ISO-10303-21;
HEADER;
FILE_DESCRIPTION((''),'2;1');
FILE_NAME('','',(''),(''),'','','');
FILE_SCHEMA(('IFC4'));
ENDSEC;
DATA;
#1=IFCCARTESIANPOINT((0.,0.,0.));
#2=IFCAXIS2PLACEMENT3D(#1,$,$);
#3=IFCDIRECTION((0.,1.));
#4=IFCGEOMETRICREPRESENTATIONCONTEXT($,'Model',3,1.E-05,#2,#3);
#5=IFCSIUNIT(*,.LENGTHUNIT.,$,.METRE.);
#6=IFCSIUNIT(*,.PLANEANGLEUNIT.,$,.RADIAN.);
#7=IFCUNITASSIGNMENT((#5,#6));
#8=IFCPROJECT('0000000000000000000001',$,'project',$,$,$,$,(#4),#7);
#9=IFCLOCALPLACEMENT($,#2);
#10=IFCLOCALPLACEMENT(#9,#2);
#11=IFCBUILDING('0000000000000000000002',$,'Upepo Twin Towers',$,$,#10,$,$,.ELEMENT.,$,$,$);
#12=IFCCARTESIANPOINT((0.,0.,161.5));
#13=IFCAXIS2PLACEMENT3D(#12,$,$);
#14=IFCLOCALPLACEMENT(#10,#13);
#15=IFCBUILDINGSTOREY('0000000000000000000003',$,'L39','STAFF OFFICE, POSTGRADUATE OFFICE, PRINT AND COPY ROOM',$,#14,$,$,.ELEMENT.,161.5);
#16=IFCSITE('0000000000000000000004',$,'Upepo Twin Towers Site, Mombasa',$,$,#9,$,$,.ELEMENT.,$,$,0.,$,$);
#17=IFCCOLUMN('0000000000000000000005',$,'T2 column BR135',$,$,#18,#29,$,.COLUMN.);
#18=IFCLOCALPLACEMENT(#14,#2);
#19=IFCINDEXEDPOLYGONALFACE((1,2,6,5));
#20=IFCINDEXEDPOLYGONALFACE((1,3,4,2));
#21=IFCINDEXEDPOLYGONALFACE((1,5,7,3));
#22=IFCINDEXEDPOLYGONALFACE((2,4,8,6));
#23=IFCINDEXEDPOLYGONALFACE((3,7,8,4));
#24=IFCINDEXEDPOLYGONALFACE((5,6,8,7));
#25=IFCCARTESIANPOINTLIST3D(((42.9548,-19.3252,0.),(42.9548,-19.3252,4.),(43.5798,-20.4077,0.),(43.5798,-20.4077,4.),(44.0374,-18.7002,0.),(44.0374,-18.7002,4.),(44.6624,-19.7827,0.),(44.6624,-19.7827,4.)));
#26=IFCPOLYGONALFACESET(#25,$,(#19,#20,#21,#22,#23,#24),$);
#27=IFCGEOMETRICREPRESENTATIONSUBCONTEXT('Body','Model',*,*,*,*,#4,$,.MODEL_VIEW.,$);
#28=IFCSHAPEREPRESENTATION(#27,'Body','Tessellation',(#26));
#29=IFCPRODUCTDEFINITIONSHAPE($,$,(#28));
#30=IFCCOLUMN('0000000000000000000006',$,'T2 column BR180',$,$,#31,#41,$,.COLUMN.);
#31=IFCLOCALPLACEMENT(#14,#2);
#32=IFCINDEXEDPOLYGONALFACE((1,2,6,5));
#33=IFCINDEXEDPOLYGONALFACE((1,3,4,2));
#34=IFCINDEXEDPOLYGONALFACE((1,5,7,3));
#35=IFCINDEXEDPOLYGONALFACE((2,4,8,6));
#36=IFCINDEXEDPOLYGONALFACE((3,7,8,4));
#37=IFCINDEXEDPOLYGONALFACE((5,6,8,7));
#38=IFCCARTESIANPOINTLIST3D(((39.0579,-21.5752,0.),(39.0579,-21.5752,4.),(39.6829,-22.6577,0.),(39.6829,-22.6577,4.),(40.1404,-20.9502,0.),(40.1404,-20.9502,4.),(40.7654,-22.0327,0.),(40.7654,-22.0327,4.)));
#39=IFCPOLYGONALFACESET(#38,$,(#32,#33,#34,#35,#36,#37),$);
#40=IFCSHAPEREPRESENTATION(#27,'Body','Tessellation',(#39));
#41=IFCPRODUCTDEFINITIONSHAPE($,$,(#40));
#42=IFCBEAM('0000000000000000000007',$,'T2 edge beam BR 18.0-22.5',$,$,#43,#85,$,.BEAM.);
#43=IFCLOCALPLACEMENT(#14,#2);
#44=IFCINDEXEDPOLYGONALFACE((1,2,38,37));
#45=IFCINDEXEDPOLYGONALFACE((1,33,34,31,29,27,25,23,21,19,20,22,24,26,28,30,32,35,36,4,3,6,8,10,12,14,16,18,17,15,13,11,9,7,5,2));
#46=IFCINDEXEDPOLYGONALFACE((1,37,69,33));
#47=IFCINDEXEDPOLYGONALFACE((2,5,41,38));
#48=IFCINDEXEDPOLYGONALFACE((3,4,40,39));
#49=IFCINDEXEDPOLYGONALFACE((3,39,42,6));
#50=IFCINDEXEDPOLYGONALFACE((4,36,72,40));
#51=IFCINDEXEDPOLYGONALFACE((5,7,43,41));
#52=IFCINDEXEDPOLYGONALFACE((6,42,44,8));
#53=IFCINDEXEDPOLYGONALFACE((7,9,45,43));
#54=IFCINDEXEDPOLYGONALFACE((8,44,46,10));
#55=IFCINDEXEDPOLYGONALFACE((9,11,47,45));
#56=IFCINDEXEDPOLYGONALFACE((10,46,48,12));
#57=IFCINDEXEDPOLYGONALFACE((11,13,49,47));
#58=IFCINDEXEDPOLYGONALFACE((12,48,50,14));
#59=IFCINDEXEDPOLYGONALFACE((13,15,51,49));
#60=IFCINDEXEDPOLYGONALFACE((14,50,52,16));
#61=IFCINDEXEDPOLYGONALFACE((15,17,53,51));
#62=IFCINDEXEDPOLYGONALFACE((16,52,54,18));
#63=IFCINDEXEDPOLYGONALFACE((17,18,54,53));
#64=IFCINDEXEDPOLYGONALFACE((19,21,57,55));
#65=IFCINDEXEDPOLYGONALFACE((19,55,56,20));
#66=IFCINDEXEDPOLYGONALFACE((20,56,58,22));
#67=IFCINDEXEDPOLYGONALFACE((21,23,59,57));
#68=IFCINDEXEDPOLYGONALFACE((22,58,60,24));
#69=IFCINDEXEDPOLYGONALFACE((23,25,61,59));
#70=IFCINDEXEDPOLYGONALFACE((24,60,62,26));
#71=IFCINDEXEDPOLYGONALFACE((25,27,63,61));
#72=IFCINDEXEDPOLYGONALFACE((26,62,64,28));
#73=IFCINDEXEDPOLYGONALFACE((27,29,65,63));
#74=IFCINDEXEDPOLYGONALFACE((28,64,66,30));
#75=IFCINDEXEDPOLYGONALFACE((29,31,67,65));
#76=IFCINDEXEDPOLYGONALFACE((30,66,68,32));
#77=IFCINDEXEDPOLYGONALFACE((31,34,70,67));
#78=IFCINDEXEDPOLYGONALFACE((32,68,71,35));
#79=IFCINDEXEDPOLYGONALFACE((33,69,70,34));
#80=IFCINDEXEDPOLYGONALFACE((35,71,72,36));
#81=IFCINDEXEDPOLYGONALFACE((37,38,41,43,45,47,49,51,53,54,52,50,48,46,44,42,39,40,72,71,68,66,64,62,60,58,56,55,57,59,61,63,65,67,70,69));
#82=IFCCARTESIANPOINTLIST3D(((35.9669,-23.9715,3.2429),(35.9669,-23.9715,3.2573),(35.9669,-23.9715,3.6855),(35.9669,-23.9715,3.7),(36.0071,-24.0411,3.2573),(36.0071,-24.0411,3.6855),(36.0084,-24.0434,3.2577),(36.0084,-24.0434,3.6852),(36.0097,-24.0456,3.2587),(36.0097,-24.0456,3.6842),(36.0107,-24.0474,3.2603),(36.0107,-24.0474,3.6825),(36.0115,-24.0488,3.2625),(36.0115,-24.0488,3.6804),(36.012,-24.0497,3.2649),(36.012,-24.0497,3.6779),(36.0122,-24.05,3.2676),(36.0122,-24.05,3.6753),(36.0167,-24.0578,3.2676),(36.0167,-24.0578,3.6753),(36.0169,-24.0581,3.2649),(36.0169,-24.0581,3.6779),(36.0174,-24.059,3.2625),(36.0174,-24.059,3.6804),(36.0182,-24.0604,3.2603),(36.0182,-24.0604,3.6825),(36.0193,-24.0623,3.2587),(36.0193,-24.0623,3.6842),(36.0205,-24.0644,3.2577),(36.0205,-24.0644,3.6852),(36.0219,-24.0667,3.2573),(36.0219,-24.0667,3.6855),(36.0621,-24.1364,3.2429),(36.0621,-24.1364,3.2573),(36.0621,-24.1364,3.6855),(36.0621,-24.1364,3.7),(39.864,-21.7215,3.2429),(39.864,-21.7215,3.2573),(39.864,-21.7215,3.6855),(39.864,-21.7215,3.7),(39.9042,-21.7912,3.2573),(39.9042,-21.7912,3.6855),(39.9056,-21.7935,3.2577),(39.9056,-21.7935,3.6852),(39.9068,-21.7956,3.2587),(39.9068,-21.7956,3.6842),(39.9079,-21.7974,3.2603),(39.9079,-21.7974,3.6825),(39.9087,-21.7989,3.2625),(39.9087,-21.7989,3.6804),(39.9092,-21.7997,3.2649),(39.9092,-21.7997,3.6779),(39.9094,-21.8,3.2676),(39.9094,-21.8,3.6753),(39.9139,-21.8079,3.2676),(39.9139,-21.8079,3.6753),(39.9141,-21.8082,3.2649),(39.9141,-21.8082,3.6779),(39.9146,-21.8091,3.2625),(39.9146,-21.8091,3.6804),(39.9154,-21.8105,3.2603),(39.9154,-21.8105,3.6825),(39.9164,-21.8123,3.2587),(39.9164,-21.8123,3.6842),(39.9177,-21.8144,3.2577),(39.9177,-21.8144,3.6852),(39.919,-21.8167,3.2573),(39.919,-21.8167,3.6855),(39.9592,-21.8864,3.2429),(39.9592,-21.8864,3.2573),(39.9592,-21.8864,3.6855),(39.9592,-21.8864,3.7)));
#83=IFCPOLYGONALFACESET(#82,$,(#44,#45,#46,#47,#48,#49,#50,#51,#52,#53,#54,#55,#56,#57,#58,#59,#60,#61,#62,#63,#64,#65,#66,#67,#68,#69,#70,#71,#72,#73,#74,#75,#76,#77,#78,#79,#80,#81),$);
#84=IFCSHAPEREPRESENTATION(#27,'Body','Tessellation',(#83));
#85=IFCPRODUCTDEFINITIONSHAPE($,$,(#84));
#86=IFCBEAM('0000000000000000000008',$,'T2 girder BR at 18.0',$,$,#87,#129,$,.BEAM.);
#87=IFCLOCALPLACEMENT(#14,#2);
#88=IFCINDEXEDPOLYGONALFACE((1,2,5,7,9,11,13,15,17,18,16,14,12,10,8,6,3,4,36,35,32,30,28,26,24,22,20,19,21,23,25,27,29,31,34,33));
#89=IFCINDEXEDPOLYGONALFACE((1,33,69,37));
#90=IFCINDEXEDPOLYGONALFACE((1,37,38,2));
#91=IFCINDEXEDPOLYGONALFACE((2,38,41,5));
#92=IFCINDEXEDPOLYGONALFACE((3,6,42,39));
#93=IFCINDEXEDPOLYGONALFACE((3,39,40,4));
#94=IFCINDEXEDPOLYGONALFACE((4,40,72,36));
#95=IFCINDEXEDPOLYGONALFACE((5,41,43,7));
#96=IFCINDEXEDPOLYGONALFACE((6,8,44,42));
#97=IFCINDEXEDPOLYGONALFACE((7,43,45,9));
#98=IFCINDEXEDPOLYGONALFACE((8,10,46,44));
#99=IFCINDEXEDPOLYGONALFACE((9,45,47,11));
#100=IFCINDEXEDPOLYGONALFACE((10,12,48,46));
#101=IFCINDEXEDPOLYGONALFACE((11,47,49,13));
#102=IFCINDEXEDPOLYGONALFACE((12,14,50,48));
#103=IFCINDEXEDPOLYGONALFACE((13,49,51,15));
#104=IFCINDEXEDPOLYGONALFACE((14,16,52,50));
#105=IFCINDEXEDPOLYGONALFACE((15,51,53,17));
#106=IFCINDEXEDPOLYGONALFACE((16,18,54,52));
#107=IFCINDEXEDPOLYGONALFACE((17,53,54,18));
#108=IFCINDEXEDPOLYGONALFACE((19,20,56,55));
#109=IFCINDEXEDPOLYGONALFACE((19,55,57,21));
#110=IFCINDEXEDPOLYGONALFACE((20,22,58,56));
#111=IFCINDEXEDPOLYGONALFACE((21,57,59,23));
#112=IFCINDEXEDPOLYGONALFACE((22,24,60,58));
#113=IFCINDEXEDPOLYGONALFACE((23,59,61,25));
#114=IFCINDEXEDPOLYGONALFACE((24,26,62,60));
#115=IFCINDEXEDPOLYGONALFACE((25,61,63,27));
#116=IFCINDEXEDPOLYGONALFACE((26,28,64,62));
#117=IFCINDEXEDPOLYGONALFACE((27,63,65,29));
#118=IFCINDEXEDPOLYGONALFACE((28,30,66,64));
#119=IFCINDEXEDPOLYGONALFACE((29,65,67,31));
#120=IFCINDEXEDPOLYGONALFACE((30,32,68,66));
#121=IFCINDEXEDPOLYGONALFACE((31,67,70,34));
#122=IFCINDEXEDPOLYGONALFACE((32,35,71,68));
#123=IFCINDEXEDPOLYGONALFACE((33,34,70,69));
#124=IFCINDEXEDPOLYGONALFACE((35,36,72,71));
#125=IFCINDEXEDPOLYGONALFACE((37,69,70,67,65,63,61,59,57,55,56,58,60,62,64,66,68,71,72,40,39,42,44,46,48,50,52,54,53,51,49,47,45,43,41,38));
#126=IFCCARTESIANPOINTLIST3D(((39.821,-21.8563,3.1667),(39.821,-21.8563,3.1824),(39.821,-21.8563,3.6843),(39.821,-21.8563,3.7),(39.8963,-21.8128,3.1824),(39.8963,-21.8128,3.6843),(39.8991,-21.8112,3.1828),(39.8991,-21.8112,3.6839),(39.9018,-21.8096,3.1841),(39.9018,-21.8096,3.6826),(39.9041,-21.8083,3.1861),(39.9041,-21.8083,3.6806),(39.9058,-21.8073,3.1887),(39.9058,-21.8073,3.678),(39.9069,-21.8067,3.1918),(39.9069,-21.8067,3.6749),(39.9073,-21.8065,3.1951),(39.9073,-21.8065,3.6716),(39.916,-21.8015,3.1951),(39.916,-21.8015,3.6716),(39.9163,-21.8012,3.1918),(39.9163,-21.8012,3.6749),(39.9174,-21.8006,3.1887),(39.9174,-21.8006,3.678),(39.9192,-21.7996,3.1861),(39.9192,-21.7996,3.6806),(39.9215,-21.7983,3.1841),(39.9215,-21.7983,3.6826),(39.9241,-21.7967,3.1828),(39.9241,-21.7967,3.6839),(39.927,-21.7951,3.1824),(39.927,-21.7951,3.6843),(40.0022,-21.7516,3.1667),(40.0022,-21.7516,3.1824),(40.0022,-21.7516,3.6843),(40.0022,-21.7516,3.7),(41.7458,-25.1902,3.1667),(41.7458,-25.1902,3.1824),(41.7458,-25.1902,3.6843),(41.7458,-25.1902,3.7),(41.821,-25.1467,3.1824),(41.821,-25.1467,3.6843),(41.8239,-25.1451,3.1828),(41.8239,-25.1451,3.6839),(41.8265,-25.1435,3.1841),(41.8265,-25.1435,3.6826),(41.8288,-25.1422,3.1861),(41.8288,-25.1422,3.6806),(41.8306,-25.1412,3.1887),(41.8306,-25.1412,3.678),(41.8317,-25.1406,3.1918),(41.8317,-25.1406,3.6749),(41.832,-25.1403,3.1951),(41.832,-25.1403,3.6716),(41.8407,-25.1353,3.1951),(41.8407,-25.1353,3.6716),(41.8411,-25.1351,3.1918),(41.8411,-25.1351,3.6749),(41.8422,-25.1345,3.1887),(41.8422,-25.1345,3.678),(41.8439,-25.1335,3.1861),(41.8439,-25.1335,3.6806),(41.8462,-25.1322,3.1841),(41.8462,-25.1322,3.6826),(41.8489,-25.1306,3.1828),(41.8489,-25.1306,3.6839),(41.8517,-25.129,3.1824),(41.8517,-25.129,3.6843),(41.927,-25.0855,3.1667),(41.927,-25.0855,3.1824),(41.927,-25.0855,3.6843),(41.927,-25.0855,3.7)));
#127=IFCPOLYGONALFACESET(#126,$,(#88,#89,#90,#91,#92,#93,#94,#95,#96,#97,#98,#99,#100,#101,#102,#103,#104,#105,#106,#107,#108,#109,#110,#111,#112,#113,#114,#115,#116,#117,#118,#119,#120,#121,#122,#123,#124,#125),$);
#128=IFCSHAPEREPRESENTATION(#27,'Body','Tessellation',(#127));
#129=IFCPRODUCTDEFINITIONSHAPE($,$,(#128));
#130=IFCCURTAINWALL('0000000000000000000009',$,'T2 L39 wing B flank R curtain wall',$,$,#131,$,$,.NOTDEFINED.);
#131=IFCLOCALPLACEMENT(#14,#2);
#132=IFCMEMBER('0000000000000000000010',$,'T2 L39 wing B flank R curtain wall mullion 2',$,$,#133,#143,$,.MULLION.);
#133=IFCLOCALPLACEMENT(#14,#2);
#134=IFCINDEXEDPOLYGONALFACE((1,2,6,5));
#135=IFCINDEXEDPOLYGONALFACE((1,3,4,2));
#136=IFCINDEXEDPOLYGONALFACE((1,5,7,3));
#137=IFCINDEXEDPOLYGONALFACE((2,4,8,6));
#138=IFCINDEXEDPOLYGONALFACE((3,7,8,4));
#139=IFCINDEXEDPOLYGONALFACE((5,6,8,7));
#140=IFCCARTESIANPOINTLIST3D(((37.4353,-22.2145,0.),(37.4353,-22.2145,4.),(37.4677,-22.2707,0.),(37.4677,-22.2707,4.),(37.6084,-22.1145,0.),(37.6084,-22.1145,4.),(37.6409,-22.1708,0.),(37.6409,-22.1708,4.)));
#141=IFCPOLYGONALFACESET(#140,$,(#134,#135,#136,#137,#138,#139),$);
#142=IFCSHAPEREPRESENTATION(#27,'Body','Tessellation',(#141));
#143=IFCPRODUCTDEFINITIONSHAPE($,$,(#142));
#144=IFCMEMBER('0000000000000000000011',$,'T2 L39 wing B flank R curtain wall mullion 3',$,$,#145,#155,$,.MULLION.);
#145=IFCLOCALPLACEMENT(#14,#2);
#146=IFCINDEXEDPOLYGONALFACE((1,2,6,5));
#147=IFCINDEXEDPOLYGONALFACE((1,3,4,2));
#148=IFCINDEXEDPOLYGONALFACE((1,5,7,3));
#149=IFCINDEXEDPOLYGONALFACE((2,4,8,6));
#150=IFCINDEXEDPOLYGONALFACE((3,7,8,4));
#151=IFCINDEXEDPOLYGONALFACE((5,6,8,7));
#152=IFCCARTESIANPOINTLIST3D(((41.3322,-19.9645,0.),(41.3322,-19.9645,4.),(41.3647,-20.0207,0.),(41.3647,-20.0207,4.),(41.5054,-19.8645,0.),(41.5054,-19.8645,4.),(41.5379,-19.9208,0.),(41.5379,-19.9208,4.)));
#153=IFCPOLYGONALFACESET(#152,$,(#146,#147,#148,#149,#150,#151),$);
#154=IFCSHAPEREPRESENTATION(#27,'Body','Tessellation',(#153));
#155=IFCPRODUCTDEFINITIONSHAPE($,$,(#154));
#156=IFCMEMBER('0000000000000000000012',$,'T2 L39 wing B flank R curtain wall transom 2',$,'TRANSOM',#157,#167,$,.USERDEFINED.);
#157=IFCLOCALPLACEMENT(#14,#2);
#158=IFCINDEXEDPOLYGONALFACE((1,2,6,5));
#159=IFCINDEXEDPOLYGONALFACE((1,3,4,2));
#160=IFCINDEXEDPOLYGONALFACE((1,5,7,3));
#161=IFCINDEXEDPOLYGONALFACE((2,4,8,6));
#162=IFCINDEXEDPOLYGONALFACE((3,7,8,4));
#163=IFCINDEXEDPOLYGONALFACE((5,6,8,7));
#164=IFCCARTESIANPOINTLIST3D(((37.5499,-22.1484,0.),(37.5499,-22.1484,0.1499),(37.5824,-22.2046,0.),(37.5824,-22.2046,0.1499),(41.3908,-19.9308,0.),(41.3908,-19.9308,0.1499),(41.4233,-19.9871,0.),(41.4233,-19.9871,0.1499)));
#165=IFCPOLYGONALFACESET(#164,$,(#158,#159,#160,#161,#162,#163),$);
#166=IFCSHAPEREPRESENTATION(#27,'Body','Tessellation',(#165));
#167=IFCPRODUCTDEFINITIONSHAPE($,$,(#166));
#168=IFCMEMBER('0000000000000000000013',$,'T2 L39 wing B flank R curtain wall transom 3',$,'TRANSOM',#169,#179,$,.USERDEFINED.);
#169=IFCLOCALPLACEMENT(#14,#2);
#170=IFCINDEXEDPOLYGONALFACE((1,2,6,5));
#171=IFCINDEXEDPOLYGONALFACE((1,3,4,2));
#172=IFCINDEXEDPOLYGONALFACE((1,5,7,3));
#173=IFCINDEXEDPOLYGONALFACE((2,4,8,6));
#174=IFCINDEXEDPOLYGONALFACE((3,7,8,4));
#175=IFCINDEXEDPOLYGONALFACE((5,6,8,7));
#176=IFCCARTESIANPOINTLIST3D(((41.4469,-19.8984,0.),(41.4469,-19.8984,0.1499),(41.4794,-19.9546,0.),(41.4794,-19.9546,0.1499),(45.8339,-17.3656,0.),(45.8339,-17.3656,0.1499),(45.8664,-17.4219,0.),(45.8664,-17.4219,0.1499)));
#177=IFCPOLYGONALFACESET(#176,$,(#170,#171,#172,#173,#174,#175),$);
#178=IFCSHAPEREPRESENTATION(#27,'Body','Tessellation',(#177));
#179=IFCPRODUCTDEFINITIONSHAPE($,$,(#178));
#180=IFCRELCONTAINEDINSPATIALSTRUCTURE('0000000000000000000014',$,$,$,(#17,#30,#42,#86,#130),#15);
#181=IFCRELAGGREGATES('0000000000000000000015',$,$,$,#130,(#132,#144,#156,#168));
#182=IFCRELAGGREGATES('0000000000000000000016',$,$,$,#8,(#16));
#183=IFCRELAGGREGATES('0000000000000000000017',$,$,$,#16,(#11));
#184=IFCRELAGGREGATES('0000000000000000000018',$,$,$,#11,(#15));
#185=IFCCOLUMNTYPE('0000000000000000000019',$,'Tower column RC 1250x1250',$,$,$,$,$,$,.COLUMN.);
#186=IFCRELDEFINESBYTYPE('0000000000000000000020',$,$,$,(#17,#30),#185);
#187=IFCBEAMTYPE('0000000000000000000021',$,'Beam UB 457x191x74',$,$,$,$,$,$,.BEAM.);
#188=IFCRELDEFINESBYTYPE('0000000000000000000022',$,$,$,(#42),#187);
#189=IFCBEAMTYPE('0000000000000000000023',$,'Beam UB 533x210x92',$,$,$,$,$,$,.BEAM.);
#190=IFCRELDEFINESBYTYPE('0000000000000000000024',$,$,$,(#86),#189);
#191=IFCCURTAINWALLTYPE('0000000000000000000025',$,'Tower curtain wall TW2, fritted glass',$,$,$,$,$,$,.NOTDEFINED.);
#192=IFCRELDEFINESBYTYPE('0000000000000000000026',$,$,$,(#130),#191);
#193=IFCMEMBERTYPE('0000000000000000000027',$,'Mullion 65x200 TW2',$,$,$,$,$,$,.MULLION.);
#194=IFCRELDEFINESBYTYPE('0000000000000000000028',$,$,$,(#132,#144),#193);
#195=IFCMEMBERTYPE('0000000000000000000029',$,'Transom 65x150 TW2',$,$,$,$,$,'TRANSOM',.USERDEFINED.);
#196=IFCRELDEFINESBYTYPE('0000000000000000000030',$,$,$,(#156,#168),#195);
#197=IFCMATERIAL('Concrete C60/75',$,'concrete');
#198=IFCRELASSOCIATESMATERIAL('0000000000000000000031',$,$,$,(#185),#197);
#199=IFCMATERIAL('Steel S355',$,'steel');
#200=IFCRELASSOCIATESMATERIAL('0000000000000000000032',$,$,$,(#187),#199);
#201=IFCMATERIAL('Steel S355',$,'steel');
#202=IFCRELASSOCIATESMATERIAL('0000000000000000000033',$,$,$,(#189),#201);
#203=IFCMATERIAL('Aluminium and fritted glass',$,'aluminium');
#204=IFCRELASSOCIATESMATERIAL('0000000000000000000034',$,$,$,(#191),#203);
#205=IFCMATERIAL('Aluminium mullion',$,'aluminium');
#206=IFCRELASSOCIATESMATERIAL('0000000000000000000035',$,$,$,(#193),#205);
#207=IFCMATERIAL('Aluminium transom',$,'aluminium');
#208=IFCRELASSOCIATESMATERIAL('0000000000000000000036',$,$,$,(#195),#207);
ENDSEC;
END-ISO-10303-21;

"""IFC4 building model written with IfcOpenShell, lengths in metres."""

from ifc_helpers import new_model, si_unit, direction, frame, origin, origin_2d, place, context, subcontext, project, spatial, rectangle, i_section, extrude, material, material_profile, profile_set, type_object, element, aggregate, save


model = new_model("IFC4")

# Units and contexts
model_context = context("Model", 3, precision=1e-05, world=origin(), true_north=direction((0.0, 1.0)))
body_context = subcontext(model_context, "Body", "Model", "MODEL_VIEW")
ifc_project = project(units=[si_unit("LENGTHUNIT", "METRE"), si_unit("PLANEANGLEUNIT", "RADIAN")], contexts=[model_context])

# Site, building, storey
site_placement = place(None, origin())
site = spatial("IfcSite", under=ifc_project, at=site_placement, Name="Upepo Twin Towers Site, Mombasa", CompositionType="ELEMENT", RefElevation=0.0)
building_placement = place(site_placement, origin())
building = spatial("IfcBuilding", under=site, at=building_placement, Name="Upepo Twin Towers", CompositionType="ELEMENT")
storey_placement = place(building_placement, frame((0.0, 0.0, 161.5)))
storey = spatial("IfcBuildingStorey", under=building, at=storey_placement, Name="L39", Description="STAFF OFFICE, POSTGRADUATE OFFICE, PRINT AND COPY ROOM", CompositionType="ELEMENT", Elevation=161.5)

# Columns
ifc_material_1 = material(Name="Concrete C60/75", Category="concrete")
ifc_material_profile_1 = material_profile(ifc_material_1, rectangle(XDim=1.25, YDim=1.25, at=origin_2d()), Name="RC 1250x1250")
ifc_profile_set_1 = profile_set([ifc_material_profile_1], Name="Concrete C60/75")
column_type = type_object("IfcColumnType", Name="Tower column RC 1250x1250", PredefinedType="COLUMN", material=ifc_profile_set_1)
for number, where, z_axis, x_axis, name in (
    (1, (43.8086, -19.554, 0.0), (0.0, 0.0, 1.0), (0.866025, 0.5, 0.0), "T2 column BR135"),
    (2, (39.9116, -21.804, 0.0), (0.0, 0.0, 1.0), (0.866025, 0.5, 0.0), "T2 column BR180"),
):
    element("IfcColumn", number, at=place(storey_placement, frame(where, z_axis=z_axis, x_axis=x_axis)), inside=storey, type_object=column_type, Name=name, PredefinedType="COLUMN", context=body_context, shape_type="SweptSolid", body=[
        extrude(rectangle(XDim=1.25, YDim=1.25, at=origin_2d()), origin(), (0.0, 0.0, 1.0), 4.0),
    ])

# Beams
ifc_material_2 = material(Name="Steel S355", Category="steel")
ifc_material_profile_2 = material_profile(ifc_material_2, i_section(OverallWidth=0.1904, OverallDepth=0.457, WebThickness=0.009, FlangeThickness=0.0144, FilletRadius=0.0103, at=origin_2d()), Name="UB 457x191x74")
ifc_profile_set_2 = profile_set([ifc_material_profile_2], Name="Steel S355")
beam_type_1 = type_object("IfcBeamType", Name="Beam UB 457x191x74", PredefinedType="BEAM", material=ifc_profile_set_2)
beam_1_placement = place(storey_placement, frame((39.9116, -21.804, 3.4714), z_axis=(-0.866031, -0.49999, 0.0), x_axis=(0.49999, -0.866031, 0.0)))
element("IfcBeam", 3, at=beam_1_placement, inside=storey, type_object=beam_type_1, Name="T2 edge beam BR 18.0-22.5", PredefinedType="BEAM", context=body_context, shape_type="SweptSolid", body=[
    extrude(i_section(OverallWidth=0.1904, OverallDepth=0.457, WebThickness=0.009, FlangeThickness=0.0144, FilletRadius=0.0103, at=origin_2d()), origin(), (0.0, 0.0, 1.0), 4.5),
])
ifc_material_3 = material(Name="Steel S355", Category="steel")
ifc_material_profile_3 = material_profile(ifc_material_3, i_section(OverallWidth=0.2092, OverallDepth=0.5332, WebThickness=0.01, FlangeThickness=0.0156, FilletRadius=0.0127, at=origin_2d()), Name="UB 533x210x92")
ifc_profile_set_3 = profile_set([ifc_material_profile_3], Name="Steel S355")
beam_type_2 = type_object("IfcBeamType", Name="Beam UB 533x210x92", PredefinedType="BEAM", material=ifc_profile_set_3)
beam_2_placement = place(storey_placement, frame((39.9116, -21.804, 3.4333), z_axis=(0.499986, -0.866034, 0.0), x_axis=(0.866034, 0.499986, 0.0)))
element("IfcBeam", 4, at=beam_2_placement, inside=storey, type_object=beam_type_2, Name="T2 girder BR at 18.0", PredefinedType="BEAM", context=body_context, shape_type="SweptSolid", body=[
    extrude(i_section(OverallWidth=0.2092, OverallDepth=0.5332, WebThickness=0.01, FlangeThickness=0.0156, FilletRadius=0.0127, at=origin_2d()), origin(), (0.0, 0.0, 1.0), 3.8496),
])

# Curtain wall, members
ifc_material_4 = material(Name="Aluminium and fritted glass", Category="aluminium")
curtain_wall_type = type_object("IfcCurtainWallType", Name="Tower curtain wall TW2, fritted glass", PredefinedType="NOTDEFINED", material=ifc_material_4)
curtain_wall_placement = place(storey_placement, origin())
curtain_wall = element("IfcCurtainWall", 5, at=curtain_wall_placement, inside=storey, type_object=curtain_wall_type, Name="T2 L39 wing B flank R curtain wall", PredefinedType="NOTDEFINED")
ifc_material_5 = material(Name="Aluminium mullion", Category="aluminium")
ifc_material_profile_4 = material_profile(ifc_material_5, rectangle(XDim=0.0649, YDim=0.2, at=origin_2d()), Name="MULLION 65x200")
ifc_profile_set_4 = profile_set([ifc_material_profile_4], Name="Aluminium mullion")
member_type_1 = type_object("IfcMemberType", Name="Mullion 65x200 TW2", PredefinedType="MULLION", material=ifc_profile_set_4)
member_1_placement = place(storey_placement, frame((37.5381, -22.1926, 0.0), z_axis=(0.0, 0.0, 1.0), x_axis=(-0.5, 0.866025, 0.0)))
member_1 = element("IfcMember", 6, at=member_1_placement, type_object=member_type_1, Name="T2 L39 wing B flank R curtain wall mullion 2", PredefinedType="MULLION", context=body_context, shape_type="SweptSolid", body=[
    extrude(rectangle(XDim=0.0649, YDim=0.2, at=origin_2d()), origin(), (0.0, 0.0, 1.0), 4.0),
])
member_2_placement = place(storey_placement, frame((41.4351, -19.9426, 0.0), z_axis=(0.0, 0.0, 1.0), x_axis=(-0.5, 0.866025, 0.0)))
member_2 = element("IfcMember", 7, at=member_2_placement, type_object=member_type_1, Name="T2 L39 wing B flank R curtain wall mullion 3", PredefinedType="MULLION", context=body_context, shape_type="SweptSolid", body=[
    extrude(rectangle(XDim=0.0649, YDim=0.2, at=origin_2d()), origin(), (0.0, 0.0, 1.0), 4.0),
])
ifc_material_6 = material(Name="Aluminium transom", Category="aluminium")
ifc_material_profile_5 = material_profile(ifc_material_6, rectangle(XDim=0.0649, YDim=0.1499, at=origin_2d()), Name="TRANSOM 65x150")
ifc_profile_set_5 = profile_set([ifc_material_profile_5], Name="Aluminium transom")
member_type_2 = type_object("IfcMemberType", Name="Transom 65x150 TW2", ElementType="TRANSOM", PredefinedType="USERDEFINED", material=ifc_profile_set_5)
member_3_placement = place(storey_placement, frame((37.5662, -22.1765, 0.075), z_axis=(0.866022, 0.500005, 0.0), x_axis=(-0.500005, 0.866022, 0.0)))
member_3 = element("IfcMember", 8, at=member_3_placement, type_object=member_type_2, Name="T2 L39 wing B flank R curtain wall transom 2", ObjectType="TRANSOM", PredefinedType="USERDEFINED", context=body_context, shape_type="SweptSolid", body=[
    extrude(rectangle(XDim=0.0649, YDim=0.1499, at=origin_2d()), origin(), (0.0, 0.0, 1.0), 4.4351),
])
member_4_placement = place(storey_placement, frame((41.4631, -19.9265, 0.075), z_axis=(0.866034, 0.499985, 0.0), x_axis=(-0.499985, 0.866034, 0.0)))
member_4 = element("IfcMember", 9, at=member_4_placement, type_object=member_type_2, Name="T2 L39 wing B flank R curtain wall transom 3", ObjectType="TRANSOM", PredefinedType="USERDEFINED", context=body_context, shape_type="SweptSolid", body=[
    extrude(rectangle(XDim=0.0649, YDim=0.1499, at=origin_2d()), origin(), (0.0, 0.0, 1.0), 5.0657),
])
aggregate(curtain_wall, [member_1, member_2, member_3, member_4])

save(model, "model.ifc")
